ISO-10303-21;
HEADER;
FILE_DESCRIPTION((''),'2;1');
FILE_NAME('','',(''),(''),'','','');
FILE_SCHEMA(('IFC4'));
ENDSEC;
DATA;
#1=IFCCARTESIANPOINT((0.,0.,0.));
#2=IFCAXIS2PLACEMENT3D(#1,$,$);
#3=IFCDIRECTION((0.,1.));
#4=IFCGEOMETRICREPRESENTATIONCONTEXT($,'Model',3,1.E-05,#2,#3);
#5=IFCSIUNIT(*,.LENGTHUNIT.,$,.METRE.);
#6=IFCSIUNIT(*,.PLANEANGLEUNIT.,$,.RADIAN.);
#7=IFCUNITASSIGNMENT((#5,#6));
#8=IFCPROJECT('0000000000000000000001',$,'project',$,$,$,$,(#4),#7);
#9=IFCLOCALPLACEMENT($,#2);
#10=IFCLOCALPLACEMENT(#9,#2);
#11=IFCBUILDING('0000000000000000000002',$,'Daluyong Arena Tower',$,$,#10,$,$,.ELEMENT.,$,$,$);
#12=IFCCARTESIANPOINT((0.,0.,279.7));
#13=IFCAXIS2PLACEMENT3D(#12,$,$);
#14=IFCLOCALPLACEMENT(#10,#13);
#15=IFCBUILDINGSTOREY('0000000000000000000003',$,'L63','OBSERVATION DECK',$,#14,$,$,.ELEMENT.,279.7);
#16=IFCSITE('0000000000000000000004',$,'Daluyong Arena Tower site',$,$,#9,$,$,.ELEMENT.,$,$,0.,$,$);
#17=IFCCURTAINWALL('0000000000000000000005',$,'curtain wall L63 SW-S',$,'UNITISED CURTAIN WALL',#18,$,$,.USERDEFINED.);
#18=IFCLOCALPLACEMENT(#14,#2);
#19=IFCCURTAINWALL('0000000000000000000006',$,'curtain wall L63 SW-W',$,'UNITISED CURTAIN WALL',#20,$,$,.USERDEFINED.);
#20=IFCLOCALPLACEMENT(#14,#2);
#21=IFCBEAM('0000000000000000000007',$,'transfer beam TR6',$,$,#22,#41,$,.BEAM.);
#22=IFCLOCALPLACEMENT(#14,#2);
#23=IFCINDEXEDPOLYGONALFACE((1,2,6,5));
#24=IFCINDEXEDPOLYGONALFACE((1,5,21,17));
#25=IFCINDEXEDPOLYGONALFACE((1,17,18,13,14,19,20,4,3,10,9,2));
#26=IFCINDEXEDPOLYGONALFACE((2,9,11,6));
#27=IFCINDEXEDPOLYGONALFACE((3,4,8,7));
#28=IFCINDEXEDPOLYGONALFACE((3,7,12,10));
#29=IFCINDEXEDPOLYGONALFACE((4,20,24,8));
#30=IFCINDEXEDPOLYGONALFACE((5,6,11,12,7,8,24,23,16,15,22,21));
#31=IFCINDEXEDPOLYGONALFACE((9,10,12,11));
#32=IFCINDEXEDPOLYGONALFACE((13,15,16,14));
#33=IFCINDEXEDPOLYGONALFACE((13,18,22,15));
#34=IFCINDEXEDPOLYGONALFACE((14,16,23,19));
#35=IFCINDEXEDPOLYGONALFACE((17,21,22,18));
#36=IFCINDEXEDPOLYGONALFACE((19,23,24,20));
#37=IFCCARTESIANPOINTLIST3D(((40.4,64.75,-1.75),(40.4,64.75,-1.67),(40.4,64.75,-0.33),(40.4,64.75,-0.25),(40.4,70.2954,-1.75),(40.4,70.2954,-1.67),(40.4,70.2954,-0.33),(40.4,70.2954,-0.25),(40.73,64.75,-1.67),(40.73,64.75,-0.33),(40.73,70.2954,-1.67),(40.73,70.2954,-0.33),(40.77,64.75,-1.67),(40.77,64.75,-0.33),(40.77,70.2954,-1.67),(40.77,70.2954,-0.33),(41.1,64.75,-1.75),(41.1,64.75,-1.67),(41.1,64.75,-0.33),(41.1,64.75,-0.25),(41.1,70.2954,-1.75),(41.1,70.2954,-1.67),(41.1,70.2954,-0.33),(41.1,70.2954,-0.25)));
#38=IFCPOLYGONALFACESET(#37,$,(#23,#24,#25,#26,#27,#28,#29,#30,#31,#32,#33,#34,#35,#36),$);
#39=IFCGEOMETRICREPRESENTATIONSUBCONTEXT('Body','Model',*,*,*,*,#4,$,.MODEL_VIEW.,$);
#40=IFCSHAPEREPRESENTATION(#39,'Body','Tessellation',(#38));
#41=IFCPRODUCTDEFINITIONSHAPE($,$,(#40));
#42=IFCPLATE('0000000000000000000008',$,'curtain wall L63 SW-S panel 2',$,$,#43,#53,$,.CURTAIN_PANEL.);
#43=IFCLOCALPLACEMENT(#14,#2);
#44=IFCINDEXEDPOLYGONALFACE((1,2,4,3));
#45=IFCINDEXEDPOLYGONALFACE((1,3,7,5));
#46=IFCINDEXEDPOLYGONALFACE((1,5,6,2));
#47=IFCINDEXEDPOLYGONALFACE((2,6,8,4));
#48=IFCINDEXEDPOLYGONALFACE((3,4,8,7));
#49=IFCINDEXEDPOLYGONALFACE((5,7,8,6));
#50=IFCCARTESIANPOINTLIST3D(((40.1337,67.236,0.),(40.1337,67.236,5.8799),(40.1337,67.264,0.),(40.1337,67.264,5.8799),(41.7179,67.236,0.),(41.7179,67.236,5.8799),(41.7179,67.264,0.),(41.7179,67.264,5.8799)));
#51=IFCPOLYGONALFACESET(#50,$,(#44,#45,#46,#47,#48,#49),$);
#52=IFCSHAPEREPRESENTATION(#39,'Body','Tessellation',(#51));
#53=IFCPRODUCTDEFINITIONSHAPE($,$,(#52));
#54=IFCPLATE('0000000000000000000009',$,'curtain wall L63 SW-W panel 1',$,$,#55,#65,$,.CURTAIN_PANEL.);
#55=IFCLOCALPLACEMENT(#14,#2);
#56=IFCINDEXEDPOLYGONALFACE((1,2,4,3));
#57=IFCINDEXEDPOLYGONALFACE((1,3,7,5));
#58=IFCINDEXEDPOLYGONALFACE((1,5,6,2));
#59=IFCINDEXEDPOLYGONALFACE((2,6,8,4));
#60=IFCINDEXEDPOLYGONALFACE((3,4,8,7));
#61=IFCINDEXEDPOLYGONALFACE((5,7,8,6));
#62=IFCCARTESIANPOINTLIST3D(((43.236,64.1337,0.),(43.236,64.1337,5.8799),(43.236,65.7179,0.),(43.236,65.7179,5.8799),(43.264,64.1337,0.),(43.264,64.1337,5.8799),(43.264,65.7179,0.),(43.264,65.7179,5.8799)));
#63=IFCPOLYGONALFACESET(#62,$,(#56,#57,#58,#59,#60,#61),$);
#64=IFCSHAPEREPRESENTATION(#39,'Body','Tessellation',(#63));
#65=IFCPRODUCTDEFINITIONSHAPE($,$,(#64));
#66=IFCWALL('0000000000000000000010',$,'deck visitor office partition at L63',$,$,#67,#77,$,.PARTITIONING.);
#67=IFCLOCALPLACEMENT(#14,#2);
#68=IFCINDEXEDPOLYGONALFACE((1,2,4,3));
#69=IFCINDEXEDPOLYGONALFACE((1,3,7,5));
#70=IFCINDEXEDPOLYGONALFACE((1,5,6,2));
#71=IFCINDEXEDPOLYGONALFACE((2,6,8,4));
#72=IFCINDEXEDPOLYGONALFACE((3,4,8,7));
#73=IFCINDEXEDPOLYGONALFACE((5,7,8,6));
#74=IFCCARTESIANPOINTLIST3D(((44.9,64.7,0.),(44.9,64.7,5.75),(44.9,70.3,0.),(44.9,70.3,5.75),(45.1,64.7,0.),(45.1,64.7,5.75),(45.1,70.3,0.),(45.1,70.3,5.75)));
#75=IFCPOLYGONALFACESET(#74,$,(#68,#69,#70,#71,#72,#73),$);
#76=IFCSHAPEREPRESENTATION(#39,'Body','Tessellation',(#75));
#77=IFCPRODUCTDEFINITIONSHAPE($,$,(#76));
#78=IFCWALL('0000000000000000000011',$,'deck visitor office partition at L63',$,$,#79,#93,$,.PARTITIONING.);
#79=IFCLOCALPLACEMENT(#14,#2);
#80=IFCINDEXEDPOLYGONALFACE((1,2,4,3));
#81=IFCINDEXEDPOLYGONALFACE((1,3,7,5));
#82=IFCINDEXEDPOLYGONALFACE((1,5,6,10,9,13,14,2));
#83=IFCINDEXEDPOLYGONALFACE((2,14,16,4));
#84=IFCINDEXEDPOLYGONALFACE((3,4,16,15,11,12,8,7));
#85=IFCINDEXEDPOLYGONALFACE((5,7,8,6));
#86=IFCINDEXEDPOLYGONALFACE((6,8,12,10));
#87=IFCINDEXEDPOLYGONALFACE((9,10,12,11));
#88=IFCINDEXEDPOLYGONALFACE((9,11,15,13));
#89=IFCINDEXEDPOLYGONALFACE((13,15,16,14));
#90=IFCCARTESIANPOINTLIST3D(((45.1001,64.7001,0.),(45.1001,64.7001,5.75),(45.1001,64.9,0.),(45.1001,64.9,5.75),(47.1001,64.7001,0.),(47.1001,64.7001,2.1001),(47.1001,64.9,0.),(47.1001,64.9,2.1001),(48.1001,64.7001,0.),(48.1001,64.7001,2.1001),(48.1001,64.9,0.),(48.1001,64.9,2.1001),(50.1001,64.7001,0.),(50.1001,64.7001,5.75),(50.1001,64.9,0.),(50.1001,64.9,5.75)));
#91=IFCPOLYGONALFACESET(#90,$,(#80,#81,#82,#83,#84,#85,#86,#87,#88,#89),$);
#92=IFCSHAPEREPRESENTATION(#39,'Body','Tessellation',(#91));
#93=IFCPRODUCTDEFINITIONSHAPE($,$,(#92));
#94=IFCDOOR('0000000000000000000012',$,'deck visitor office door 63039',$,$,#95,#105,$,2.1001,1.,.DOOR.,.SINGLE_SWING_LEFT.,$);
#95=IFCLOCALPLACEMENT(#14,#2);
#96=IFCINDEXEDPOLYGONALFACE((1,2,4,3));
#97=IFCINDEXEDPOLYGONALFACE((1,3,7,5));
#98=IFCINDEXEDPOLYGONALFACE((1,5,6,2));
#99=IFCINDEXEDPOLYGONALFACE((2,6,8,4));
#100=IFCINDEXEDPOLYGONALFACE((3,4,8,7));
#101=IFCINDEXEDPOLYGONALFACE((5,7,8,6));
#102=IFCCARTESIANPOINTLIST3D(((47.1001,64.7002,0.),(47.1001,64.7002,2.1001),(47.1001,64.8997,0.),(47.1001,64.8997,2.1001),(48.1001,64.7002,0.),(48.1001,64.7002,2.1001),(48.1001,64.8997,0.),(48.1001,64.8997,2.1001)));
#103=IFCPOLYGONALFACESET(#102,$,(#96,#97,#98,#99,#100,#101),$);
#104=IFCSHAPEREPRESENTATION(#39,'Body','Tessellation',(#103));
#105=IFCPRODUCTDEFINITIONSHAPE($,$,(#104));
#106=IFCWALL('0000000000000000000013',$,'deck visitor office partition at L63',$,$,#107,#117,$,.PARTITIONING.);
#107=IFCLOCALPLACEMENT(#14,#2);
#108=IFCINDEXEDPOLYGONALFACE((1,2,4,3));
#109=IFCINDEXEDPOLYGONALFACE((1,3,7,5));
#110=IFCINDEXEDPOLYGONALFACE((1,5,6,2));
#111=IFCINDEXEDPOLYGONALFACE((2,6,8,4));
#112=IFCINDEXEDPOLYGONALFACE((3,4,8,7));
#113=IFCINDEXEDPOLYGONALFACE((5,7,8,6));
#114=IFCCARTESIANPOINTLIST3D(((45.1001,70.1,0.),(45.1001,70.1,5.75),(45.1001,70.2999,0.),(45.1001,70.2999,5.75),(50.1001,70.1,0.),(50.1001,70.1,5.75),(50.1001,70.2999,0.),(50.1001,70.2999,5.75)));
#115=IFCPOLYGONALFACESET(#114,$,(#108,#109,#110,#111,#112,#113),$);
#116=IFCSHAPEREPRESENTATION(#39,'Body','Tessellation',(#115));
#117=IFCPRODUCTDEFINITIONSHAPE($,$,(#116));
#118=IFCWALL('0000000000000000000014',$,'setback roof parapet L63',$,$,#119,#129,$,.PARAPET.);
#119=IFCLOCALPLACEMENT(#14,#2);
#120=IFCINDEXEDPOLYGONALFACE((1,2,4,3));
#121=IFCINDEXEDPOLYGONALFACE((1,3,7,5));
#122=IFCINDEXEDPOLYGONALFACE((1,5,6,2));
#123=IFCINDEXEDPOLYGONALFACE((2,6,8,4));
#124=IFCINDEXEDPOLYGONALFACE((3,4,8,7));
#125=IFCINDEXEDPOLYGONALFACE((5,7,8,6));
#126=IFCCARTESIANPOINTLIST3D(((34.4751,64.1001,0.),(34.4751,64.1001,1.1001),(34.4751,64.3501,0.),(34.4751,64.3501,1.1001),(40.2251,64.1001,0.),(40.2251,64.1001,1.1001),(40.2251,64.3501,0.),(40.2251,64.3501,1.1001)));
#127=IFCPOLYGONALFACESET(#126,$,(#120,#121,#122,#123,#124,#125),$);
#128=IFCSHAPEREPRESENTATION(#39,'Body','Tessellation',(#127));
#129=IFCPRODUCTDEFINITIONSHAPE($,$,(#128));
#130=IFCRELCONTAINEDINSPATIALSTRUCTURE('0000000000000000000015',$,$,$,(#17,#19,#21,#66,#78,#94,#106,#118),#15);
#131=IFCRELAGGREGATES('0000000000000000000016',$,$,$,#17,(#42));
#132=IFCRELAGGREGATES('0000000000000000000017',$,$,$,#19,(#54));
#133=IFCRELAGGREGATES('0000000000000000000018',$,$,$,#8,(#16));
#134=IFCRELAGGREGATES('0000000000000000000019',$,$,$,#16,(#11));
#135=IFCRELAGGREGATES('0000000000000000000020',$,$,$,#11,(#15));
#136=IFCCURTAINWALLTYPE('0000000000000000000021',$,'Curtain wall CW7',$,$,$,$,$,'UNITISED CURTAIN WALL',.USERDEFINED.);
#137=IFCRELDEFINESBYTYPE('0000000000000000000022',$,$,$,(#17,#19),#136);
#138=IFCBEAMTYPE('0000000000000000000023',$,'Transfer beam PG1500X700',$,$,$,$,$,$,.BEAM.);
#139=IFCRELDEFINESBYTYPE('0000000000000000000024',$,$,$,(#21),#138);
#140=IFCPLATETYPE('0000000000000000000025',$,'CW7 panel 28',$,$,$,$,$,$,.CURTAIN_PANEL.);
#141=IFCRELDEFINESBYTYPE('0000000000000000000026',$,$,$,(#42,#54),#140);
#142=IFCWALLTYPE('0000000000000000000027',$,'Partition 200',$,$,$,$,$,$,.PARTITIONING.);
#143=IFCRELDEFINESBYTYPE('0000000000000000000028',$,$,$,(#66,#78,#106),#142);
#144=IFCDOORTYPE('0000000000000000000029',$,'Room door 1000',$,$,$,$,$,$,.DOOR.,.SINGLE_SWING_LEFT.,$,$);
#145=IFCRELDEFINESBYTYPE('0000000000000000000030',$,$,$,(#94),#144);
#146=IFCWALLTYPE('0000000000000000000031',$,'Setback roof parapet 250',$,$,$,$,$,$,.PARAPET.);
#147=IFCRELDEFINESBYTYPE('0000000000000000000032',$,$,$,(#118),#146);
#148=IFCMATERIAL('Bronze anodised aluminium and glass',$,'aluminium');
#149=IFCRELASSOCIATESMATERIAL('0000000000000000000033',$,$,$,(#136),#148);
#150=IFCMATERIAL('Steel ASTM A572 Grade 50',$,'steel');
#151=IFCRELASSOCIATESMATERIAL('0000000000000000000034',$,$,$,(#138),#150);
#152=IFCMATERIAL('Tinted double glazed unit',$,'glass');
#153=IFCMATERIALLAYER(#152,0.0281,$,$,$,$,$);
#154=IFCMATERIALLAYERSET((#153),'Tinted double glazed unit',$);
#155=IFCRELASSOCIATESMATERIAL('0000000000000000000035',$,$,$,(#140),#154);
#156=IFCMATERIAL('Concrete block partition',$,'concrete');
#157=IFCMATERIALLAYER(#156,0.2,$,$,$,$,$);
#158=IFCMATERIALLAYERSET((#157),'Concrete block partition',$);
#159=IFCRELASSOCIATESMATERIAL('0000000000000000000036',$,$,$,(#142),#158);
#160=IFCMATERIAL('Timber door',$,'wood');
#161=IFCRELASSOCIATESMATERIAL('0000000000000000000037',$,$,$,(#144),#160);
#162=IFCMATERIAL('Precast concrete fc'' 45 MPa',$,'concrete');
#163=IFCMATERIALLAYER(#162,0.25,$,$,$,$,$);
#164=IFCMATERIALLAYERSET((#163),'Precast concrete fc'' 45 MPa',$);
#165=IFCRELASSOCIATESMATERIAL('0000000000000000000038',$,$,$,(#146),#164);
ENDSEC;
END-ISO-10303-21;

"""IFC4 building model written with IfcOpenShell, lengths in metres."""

from ifc_helpers import new_model, si_unit, direction, frame, frame_2d, origin, origin_2d, place, context, subcontext, project, spatial, rectangle, i_section, extrude, material, layer, layer_set, material_profile, profile_set, type_object, element, fill, aggregate, save


model = new_model("IFC4")

# Units and contexts
model_context = context("Model", 3, precision=1e-05, world=origin(), true_north=direction((0.0, 1.0)))
body_context = subcontext(model_context, "Body", "Model", "MODEL_VIEW")
ifc_project = project(units=[si_unit("LENGTHUNIT", "METRE"), si_unit("PLANEANGLEUNIT", "RADIAN")], contexts=[model_context])

# Site, building, storey
site_placement = place(None, origin())
site = spatial("IfcSite", under=ifc_project, at=site_placement, Name="Daluyong Arena Tower site", CompositionType="ELEMENT", RefElevation=0.0)
building_placement = place(site_placement, origin())
building = spatial("IfcBuilding", under=site, at=building_placement, Name="Daluyong Arena Tower", CompositionType="ELEMENT")
storey_placement = place(building_placement, frame((0.0, 0.0, 279.7)))
storey = spatial("IfcBuildingStorey", under=building, at=storey_placement, Name="L63", Description="OBSERVATION DECK", CompositionType="ELEMENT", Elevation=279.7)

# Curtain wall
ifc_material_1 = material(Name="Bronze anodised aluminium and glass", Category="aluminium")
curtain_wall_type = type_object("IfcCurtainWallType", Name="Curtain wall CW7", ElementType="UNITISED CURTAIN WALL", PredefinedType="USERDEFINED", material=ifc_material_1)
curtain_wall_1_placement = place(storey_placement, origin())
curtain_wall_1 = element("IfcCurtainWall", 1, at=curtain_wall_1_placement, inside=storey, type_object=curtain_wall_type, Name="curtain wall L63 SW-S", ObjectType="UNITISED CURTAIN WALL", PredefinedType="USERDEFINED")

# Curtain wall
curtain_wall_2_placement = place(storey_placement, origin())
curtain_wall_2 = element("IfcCurtainWall", 2, at=curtain_wall_2_placement, inside=storey, type_object=curtain_wall_type, Name="curtain wall L63 SW-W", ObjectType="UNITISED CURTAIN WALL", PredefinedType="USERDEFINED")

# Beam
ifc_material_2 = material(Name="Steel ASTM A572 Grade 50", Category="steel")
ifc_material_profile_1 = material_profile(ifc_material_2, i_section(OverallWidth=0.7, OverallDepth=1.5, WebThickness=0.04, FlangeThickness=0.08, at=origin_2d()))
ifc_profile_set_1 = profile_set([ifc_material_profile_1], Name="Steel ASTM A572 Grade 50")
beam_type_1 = type_object("IfcBeamType", Name="Transfer beam PG1500X700", PredefinedType="BEAM", material=ifc_profile_set_1)
beam_1_placement = place(storey_placement, frame((40.75, 64.75, -1.0), z_axis=(0.0, 1.0, 0.0), x_axis=(-1.0, 0.0, 0.0)))
element("IfcBeam", 3, at=beam_1_placement, inside=storey, type_object=beam_type_1, Name="transfer beam TR6", PredefinedType="BEAM", context=body_context, shape_type="SweptSolid", body=[
    extrude(i_section(OverallWidth=0.7, OverallDepth=1.5, WebThickness=0.04, FlangeThickness=0.08, at=origin_2d()), origin(), (0.0, 0.0, 1.0), 5.5454),
])

# Plates
ifc_material_3 = material(Name="Tinted double glazed unit", Category="glass")
ifc_layer_1 = layer(ifc_material_3, 0.0281)
ifc_layer_set_1 = layer_set([ifc_layer_1], Name="Tinted double glazed unit")
plate_type = type_object("IfcPlateType", Name="CW7 panel 28", PredefinedType="CURTAIN_PANEL", material=ifc_layer_set_1)
plate_1_placement = place(storey_placement, frame((40.9258, 67.25, 0.0), z_axis=(0.0, 0.0, 1.0), x_axis=(1.0, 0.0, 0.0)))
plate_1 = element("IfcPlate", 4, at=plate_1_placement, type_object=plate_type, Name="curtain wall L63 SW-S panel 2", PredefinedType="CURTAIN_PANEL", context=body_context, shape_type="SweptSolid", body=[
    extrude(rectangle(XDim=1.5842, YDim=0.0281, at=origin_2d()), origin(), (0.0, 0.0, 1.0), 5.8799),
])
aggregate(curtain_wall_1, [plate_1])
plate_2_placement = place(storey_placement, frame((43.25, 64.9258, 0.0), z_axis=(0.0, 0.0, 1.0), x_axis=(0.0, -1.0, 0.0)))
plate_2 = element("IfcPlate", 5, at=plate_2_placement, type_object=plate_type, Name="curtain wall L63 SW-W panel 1", PredefinedType="CURTAIN_PANEL", context=body_context, shape_type="SweptSolid", body=[
    extrude(rectangle(XDim=1.5842, YDim=0.0281, at=origin_2d()), origin(), (0.0, 0.0, 1.0), 5.8799),
])
aggregate(curtain_wall_2, [plate_2])

# Wall
ifc_material_4 = material(Name="Concrete block partition", Category="concrete")
ifc_layer_2 = layer(ifc_material_4, 0.2)
ifc_layer_set_2 = layer_set([ifc_layer_2], Name="Concrete block partition")
wall_type_1 = type_object("IfcWallType", Name="Partition 200", PredefinedType="PARTITIONING", material=ifc_layer_set_2)
wall_1_placement = place(storey_placement, frame((45.0, 64.7, 0.0), z_axis=(0.0, 0.0, 1.0), x_axis=(0.0, 1.0, 0.0)))
element("IfcWall", 6, at=wall_1_placement, inside=storey, type_object=wall_type_1, Name="deck visitor office partition at L63", PredefinedType="PARTITIONING", context=body_context, shape_type="SweptSolid", body=[
    extrude(rectangle(XDim=5.6001, YDim=0.2, at=frame_2d((2.8, 0.0))), origin(), (0.0, 0.0, 1.0), 5.75),
])

# Wall, opening, door
wall_2_placement = place(storey_placement, frame((45.1001, 64.8, 0.0), z_axis=(0.0, 0.0, 1.0), x_axis=(1.0, 0.0, 0.0)))
wall_2 = element("IfcWall", 7, at=wall_2_placement, inside=storey, type_object=wall_type_1, Name="deck visitor office partition at L63", PredefinedType="PARTITIONING", context=body_context, shape_type="SweptSolid", body=[
    extrude(rectangle(XDim=5.0, YDim=0.2, at=frame_2d((2.5, 0.0))), origin(), (0.0, 0.0, 1.0), 5.75),
])
opening_placement = place(wall_2_placement, frame((2.0, 0.0, 0.0)))
opening = element("IfcOpeningElement", 8, at=opening_placement, cuts=wall_2, PredefinedType="OPENING", context=body_context, shape_type="SweptSolid", body=[
    extrude(rectangle(XDim=1.0, YDim=2.1001, at=frame_2d((0.5, 1.05))), frame((0.0, 0.1099, 0.0), z_axis=(0.0, -1.0, 0.0), x_axis=(1.0, 0.0, 0.0)), (0.0, 0.0, 1.0), 0.22),
])
ifc_material_5 = material(Name="Timber door", Category="wood")
door_type = type_object("IfcDoorType", Name="Room door 1000", OperationType="SINGLE_SWING_LEFT", PredefinedType="DOOR", material=ifc_material_5)
door_placement = place(opening_placement, origin())
door = element("IfcDoor", 9, at=door_placement, inside=storey, type_object=door_type, Name="deck visitor office door 63039", OperationType="SINGLE_SWING_LEFT", OverallHeight=2.1001, OverallWidth=1.0, PredefinedType="DOOR", context=body_context, shape_type="SweptSolid", body=[
    extrude(rectangle(XDim=1.0, YDim=2.1001, at=frame_2d((0.5, 1.05))), frame((0.0, 0.0996, 0.0), z_axis=(0.0, -1.0, 0.0), x_axis=(1.0, 0.0, 0.0)), (0.0, 0.0, 1.0), 0.1995),
])
fill(opening, door)

# Walls
wall_3_placement = place(storey_placement, frame((45.1001, 70.2, 0.0), z_axis=(0.0, 0.0, 1.0), x_axis=(1.0, 0.0, 0.0)))
element("IfcWall", 10, at=wall_3_placement, inside=storey, type_object=wall_type_1, Name="deck visitor office partition at L63", PredefinedType="PARTITIONING", context=body_context, shape_type="SweptSolid", body=[
    extrude(rectangle(XDim=5.0, YDim=0.2, at=frame_2d((2.5, 0.0))), origin(), (0.0, 0.0, 1.0), 5.75),
])
ifc_material_6 = material(Name="Precast concrete fc' 45 MPa", Category="concrete")
ifc_layer_3 = layer(ifc_material_6, 0.25)
ifc_layer_set_3 = layer_set([ifc_layer_3], Name="Precast concrete fc' 45 MPa")
wall_type_2 = type_object("IfcWallType", Name="Setback roof parapet 250", PredefinedType="PARAPET", material=ifc_layer_set_3)
wall_4_placement = place(storey_placement, frame((40.2251, 64.2251, 0.0), z_axis=(0.0, 0.0, 1.0), x_axis=(-1.0, 0.0, 0.0)))
element("IfcWall", 11, at=wall_4_placement, inside=storey, type_object=wall_type_2, Name="setback roof parapet L63", PredefinedType="PARAPET", context=body_context, shape_type="SweptSolid", body=[
    extrude(rectangle(XDim=5.75, YDim=0.25, at=frame_2d((2.875, 0.0))), origin(), (0.0, 0.0, 1.0), 1.1001),
])

save(model, "model.ifc")
